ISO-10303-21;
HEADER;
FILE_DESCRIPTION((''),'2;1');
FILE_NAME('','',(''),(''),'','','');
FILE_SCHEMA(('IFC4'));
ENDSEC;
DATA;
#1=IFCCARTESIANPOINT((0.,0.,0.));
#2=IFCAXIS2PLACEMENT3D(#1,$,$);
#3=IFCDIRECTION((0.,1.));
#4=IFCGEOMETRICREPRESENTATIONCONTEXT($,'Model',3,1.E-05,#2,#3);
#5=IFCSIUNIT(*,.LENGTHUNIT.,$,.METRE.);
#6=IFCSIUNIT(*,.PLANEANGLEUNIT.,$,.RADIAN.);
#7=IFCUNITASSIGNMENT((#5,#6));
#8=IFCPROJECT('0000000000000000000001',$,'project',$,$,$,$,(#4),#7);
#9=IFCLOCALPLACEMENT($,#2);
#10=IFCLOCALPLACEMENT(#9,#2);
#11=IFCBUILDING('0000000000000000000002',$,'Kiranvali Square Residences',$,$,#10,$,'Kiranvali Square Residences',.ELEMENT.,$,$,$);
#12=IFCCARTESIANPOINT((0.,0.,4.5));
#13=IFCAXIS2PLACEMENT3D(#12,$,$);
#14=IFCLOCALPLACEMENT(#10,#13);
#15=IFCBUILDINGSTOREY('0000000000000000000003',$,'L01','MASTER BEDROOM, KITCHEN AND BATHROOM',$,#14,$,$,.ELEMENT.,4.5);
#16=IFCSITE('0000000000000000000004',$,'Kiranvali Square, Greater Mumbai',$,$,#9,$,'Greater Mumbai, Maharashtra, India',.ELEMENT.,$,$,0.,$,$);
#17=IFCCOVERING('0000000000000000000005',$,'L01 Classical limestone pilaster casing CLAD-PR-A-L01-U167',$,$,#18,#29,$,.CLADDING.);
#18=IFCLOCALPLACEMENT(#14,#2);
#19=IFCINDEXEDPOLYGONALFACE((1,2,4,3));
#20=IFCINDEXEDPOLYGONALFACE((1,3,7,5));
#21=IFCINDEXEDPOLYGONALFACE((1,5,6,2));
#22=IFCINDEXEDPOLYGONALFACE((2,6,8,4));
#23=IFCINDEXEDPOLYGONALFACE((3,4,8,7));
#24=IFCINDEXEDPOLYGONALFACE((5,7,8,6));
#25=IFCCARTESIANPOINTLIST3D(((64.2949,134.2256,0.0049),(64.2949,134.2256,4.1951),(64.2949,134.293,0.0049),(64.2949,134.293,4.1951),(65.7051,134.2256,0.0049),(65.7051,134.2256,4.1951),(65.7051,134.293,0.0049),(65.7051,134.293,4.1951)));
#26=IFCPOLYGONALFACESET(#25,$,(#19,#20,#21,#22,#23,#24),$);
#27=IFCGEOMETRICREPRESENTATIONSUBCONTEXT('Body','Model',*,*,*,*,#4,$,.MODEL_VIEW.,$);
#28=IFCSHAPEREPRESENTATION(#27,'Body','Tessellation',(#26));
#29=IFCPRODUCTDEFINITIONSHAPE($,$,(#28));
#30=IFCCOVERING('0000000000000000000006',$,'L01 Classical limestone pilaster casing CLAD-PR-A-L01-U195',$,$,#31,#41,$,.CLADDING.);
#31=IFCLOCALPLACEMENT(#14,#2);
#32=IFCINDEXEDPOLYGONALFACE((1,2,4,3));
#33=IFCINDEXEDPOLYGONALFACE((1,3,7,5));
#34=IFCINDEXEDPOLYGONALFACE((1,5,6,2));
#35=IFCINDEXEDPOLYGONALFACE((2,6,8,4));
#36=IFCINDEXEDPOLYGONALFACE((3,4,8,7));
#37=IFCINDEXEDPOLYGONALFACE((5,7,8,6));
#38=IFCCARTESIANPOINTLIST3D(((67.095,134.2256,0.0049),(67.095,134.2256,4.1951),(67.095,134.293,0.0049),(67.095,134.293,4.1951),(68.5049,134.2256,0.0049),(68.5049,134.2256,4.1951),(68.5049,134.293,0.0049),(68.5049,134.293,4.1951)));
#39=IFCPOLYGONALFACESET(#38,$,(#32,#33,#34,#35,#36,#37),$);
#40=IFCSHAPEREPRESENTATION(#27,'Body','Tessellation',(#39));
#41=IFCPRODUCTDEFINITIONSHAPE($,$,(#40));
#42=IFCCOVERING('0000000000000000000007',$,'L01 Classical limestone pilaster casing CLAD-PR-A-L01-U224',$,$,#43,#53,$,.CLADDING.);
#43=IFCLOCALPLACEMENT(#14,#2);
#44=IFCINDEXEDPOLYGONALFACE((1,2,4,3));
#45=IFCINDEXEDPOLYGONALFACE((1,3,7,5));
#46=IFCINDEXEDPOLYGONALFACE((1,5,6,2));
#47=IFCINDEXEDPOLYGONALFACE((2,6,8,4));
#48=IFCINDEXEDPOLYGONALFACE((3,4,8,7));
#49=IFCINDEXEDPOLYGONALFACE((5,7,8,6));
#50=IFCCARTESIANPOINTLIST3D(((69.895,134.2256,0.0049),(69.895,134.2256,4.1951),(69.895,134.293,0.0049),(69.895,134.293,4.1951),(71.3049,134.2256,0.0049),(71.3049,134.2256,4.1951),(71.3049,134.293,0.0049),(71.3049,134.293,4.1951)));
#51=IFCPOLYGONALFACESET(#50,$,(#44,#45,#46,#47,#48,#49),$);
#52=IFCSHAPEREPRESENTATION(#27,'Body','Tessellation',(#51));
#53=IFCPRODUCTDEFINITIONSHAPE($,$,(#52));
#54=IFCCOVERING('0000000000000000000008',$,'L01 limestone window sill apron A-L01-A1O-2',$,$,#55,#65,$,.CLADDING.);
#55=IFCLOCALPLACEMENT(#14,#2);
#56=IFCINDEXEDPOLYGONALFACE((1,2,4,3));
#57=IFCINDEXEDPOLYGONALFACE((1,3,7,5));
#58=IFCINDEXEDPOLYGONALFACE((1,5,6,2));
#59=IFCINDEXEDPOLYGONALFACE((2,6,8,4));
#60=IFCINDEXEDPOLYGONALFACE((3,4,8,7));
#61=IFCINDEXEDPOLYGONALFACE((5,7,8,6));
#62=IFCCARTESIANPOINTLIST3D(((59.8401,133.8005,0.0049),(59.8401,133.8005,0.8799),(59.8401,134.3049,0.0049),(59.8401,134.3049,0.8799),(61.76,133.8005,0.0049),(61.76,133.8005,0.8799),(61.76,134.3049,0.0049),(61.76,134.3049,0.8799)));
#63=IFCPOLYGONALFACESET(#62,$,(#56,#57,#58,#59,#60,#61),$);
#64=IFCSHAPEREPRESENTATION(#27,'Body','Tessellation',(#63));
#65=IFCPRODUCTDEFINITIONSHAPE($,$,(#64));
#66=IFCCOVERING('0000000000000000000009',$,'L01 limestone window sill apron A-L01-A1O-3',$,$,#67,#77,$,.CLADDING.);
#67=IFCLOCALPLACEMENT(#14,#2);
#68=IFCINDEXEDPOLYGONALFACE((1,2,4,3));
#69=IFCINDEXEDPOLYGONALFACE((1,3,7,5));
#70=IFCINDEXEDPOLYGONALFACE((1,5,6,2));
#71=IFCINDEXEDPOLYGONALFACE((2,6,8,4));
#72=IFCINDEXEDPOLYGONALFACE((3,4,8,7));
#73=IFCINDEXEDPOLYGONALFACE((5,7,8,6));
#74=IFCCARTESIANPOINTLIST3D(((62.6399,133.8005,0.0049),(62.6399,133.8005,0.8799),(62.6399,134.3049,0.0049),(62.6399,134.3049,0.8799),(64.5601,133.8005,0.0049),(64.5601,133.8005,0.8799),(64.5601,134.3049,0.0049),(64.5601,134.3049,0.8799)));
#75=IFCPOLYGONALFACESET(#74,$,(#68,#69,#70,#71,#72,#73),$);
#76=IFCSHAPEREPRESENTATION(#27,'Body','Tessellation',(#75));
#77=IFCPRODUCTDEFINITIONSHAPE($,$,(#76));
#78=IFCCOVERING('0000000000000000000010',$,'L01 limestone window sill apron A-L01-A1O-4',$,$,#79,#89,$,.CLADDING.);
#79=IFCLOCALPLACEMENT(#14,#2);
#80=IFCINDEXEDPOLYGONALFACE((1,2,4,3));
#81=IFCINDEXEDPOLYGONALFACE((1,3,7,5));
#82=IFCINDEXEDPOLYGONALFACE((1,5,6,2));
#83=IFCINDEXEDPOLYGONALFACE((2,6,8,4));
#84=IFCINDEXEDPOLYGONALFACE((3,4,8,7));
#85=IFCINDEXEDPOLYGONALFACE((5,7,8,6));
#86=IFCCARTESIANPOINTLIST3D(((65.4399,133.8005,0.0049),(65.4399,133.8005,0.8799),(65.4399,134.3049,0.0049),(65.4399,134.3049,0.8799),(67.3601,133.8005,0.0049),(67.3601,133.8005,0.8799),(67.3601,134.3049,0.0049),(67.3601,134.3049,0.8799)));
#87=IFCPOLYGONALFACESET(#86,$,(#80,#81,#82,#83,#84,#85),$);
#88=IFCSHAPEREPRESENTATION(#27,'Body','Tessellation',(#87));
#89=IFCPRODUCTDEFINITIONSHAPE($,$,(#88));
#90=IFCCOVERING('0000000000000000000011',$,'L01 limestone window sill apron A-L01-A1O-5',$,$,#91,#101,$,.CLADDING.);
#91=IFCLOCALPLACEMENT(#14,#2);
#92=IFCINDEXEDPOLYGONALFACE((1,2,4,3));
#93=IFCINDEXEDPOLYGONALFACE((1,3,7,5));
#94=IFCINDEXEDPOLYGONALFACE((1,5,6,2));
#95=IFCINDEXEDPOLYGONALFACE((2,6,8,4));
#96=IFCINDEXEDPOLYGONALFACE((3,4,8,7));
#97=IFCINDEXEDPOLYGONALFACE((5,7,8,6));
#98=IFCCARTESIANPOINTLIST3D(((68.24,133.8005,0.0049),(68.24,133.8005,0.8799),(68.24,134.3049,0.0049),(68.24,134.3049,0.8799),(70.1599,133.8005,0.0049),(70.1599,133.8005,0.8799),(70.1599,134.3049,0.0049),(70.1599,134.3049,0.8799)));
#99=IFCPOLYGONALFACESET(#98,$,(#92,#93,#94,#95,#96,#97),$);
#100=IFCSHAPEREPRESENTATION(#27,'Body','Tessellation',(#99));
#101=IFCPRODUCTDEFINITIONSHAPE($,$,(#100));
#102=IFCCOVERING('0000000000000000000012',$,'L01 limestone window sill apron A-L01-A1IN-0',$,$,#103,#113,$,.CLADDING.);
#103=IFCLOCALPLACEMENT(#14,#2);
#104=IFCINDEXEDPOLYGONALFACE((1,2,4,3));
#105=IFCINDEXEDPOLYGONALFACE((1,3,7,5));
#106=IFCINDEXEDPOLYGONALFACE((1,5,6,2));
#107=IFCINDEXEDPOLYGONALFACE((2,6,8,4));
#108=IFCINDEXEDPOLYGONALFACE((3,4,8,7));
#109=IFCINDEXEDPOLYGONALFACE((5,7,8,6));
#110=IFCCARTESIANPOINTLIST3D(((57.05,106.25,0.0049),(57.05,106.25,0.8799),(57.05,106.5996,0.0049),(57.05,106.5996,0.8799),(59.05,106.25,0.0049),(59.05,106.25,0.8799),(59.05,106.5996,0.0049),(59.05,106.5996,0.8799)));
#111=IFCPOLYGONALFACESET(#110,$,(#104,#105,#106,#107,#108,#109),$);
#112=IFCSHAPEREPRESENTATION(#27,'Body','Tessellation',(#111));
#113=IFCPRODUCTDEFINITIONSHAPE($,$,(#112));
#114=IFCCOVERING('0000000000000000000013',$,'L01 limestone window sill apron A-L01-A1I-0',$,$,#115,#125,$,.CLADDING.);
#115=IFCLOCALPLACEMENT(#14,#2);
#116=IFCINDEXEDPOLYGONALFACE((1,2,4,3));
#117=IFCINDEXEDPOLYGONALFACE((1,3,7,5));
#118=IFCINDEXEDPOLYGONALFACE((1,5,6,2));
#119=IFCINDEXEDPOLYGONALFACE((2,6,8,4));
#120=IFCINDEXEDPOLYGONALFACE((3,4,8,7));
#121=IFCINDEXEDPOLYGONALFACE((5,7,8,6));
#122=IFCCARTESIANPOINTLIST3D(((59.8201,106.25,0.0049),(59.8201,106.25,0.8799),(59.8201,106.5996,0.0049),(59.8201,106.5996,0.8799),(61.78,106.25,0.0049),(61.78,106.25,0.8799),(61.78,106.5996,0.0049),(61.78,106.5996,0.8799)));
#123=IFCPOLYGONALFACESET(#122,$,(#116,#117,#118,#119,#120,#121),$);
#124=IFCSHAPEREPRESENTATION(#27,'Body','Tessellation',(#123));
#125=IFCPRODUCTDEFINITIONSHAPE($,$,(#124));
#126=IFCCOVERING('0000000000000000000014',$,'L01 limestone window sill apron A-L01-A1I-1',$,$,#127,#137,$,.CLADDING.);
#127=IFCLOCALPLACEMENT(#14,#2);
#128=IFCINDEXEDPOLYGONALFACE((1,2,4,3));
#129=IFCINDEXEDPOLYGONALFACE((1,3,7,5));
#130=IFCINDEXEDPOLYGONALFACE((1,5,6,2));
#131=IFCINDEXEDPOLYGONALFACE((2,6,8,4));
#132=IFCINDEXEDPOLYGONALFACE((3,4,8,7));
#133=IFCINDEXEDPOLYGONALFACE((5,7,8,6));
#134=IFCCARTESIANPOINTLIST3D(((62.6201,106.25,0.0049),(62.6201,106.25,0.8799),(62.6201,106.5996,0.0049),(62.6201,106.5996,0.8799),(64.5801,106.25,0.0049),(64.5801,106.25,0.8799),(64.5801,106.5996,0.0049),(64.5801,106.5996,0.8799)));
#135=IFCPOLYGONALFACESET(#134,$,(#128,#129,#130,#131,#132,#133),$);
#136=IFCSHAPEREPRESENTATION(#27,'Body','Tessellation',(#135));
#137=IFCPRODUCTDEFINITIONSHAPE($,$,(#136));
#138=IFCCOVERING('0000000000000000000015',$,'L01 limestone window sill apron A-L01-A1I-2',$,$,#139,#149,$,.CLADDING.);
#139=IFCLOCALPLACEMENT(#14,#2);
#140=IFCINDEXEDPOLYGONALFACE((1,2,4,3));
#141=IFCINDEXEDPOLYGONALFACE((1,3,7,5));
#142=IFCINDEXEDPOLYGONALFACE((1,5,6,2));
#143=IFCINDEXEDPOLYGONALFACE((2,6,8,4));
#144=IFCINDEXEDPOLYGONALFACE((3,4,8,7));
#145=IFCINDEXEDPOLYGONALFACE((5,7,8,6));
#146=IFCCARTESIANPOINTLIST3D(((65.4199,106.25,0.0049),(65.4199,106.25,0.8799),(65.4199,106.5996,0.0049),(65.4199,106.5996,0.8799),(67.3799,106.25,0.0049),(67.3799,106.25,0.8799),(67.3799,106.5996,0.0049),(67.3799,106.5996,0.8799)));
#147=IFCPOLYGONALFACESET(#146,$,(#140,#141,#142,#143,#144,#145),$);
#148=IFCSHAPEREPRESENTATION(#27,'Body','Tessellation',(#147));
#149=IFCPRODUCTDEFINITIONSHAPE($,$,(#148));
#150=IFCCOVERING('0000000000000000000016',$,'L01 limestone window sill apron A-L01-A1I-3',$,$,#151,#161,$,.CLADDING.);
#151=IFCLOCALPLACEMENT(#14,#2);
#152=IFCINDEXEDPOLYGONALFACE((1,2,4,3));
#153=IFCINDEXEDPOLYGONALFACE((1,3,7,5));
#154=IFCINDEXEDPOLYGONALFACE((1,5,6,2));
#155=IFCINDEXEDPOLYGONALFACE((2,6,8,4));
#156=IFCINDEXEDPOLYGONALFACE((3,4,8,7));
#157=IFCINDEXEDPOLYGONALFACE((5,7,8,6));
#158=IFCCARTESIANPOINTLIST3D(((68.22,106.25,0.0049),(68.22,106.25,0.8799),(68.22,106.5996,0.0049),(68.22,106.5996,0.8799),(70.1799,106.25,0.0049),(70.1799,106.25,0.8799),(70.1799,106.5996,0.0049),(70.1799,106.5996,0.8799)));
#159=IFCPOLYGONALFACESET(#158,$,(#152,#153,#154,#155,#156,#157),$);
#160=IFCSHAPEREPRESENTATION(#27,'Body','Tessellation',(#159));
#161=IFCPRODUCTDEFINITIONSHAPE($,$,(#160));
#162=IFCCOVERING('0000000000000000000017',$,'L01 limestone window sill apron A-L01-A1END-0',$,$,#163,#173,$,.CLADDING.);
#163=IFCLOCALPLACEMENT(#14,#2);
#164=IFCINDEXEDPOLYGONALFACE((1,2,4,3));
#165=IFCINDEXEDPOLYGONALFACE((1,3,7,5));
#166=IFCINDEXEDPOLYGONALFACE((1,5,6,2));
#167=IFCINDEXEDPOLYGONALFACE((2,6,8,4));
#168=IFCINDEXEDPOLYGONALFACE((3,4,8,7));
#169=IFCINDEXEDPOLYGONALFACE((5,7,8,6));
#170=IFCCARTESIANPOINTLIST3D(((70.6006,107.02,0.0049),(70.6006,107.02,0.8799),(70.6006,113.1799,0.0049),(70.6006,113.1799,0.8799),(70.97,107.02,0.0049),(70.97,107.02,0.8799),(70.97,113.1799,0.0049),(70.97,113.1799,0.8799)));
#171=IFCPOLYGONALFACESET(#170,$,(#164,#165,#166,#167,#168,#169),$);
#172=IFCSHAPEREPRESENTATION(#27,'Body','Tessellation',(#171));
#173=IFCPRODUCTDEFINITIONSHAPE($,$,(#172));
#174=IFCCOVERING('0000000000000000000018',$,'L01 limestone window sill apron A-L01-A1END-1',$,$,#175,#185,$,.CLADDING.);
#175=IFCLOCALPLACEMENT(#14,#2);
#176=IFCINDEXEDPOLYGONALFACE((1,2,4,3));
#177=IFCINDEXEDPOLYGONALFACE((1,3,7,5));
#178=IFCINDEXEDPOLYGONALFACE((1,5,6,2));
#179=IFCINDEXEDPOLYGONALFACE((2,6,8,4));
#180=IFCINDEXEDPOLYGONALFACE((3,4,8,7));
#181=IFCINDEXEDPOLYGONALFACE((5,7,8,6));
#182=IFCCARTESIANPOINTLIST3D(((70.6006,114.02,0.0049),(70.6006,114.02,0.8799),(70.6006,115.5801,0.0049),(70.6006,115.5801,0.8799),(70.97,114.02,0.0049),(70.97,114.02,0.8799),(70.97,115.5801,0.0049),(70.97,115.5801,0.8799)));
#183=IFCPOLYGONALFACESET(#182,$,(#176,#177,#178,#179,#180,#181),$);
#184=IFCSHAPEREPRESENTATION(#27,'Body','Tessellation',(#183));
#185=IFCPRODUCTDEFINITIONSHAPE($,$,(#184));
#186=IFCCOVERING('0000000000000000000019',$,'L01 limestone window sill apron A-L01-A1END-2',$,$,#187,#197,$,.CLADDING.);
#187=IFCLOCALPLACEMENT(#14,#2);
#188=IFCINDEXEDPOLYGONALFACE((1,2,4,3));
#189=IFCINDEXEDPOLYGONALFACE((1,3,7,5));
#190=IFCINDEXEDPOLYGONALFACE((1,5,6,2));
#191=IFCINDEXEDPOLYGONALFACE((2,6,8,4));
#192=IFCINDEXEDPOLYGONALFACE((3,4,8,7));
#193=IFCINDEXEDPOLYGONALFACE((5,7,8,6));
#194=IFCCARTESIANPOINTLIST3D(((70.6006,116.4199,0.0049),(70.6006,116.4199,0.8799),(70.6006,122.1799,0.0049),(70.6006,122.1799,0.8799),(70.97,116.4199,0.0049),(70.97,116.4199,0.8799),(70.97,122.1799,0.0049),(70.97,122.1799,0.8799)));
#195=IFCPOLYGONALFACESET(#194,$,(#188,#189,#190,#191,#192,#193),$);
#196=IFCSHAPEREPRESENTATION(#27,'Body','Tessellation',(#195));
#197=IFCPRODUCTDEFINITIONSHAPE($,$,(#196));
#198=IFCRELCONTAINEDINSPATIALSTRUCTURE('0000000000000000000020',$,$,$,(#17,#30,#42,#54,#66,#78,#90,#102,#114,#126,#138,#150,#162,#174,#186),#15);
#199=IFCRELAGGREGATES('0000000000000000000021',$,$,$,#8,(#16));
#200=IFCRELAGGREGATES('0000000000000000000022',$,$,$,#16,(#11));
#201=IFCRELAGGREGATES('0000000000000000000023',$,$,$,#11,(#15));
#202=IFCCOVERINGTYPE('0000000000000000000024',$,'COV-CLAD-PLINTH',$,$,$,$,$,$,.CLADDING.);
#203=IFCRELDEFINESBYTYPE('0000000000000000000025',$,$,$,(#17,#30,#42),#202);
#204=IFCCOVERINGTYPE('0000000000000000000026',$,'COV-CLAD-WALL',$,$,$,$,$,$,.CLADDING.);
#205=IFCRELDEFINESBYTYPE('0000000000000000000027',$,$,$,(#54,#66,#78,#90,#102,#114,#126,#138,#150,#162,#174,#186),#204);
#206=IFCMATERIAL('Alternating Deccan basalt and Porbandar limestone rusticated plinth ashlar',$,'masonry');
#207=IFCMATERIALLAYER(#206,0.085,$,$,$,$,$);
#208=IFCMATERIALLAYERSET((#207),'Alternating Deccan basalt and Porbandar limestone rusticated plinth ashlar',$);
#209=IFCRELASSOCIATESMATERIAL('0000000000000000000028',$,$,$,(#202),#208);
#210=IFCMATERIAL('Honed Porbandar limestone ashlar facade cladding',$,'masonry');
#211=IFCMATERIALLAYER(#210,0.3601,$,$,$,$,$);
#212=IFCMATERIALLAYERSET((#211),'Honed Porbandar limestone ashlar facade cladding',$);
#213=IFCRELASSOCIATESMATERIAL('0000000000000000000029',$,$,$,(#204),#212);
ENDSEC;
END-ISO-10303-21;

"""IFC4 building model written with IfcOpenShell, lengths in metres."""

from ifc_helpers import new_model, si_unit, direction, frame, origin, place, context, subcontext, project, spatial, polyline, outline, extrude, material, layer, layer_set, type_object, element, save


model = new_model("IFC4")

# Units and contexts
model_context = context("Model", 3, precision=1e-05, world=origin(), true_north=direction((0.0, 1.0)))
body_context = subcontext(model_context, "Body", "Model", "MODEL_VIEW")
ifc_project = project(units=[si_unit("LENGTHUNIT", "METRE"), si_unit("PLANEANGLEUNIT", "RADIAN")], contexts=[model_context])

# Site, building, storey
site_placement = place(None, origin())
site = spatial("IfcSite", under=ifc_project, at=site_placement, Name="Kiranvali Square, Greater Mumbai", LongName="Greater Mumbai, Maharashtra, India", CompositionType="ELEMENT", RefElevation=0.0)
building_placement = place(site_placement, origin())
building = spatial("IfcBuilding", under=site, at=building_placement, Name="Kiranvali Square Residences", LongName="Kiranvali Square Residences", CompositionType="ELEMENT")
storey_placement = place(building_placement, frame((0.0, 0.0, 4.5)))
storey = spatial("IfcBuildingStorey", under=building, at=storey_placement, Name="L01", Description="MASTER BEDROOM, KITCHEN AND BATHROOM", CompositionType="ELEMENT", Elevation=4.5)

# Coverings
ifc_material_1 = material(Name="Honed Porbandar limestone ashlar facade cladding", Category="masonry")
ifc_material_2 = material(Name="Alternating Deccan basalt and Porbandar limestone rusticated plinth ashlar", Category="masonry")
ifc_layer_1 = layer(ifc_material_2, 0.085)
ifc_layer_set_1 = layer_set([ifc_layer_1], Name="Alternating Deccan basalt and Porbandar limestone rusticated plinth ashlar")
covering_type_1 = type_object("IfcCoveringType", Name="COV-CLAD-PLINTH", PredefinedType="CLADDING", material=ifc_layer_set_1)
covering_1_placement = place(storey_placement, frame((0.0, 0.0, 0.0049)))
element("IfcCovering", 1, at=covering_1_placement, inside=storey, type_object=covering_type_1, Name="L01 Classical limestone pilaster casing CLAD-PR-A-L01-U167", PredefinedType="CLADDING", context=body_context, shape_type="SweptSolid", body=[
    extrude(outline(polyline([(64.2949, 134.2256), (65.7051, 134.2256), (65.7051, 134.293), (64.2949, 134.293), (64.2949, 134.2256)])), origin(), (0.0, 0.0, 1.0), 4.1902),
])
covering_2_placement = place(storey_placement, frame((0.0, 0.0, 0.0049)))
element("IfcCovering", 2, at=covering_2_placement, inside=storey, type_object=covering_type_1, Name="L01 Classical limestone pilaster casing CLAD-PR-A-L01-U195", PredefinedType="CLADDING", context=body_context, shape_type="SweptSolid", body=[
    extrude(outline(polyline([(67.095, 134.2256), (68.5049, 134.2256), (68.5049, 134.293), (67.095, 134.293), (67.095, 134.2256)])), origin(), (0.0, 0.0, 1.0), 4.1902),
])
covering_3_placement = place(storey_placement, frame((0.0, 0.0, 0.0049)))
element("IfcCovering", 3, at=covering_3_placement, inside=storey, type_object=covering_type_1, Name="L01 Classical limestone pilaster casing CLAD-PR-A-L01-U224", PredefinedType="CLADDING", context=body_context, shape_type="SweptSolid", body=[
    extrude(outline(polyline([(69.895, 134.2256), (71.3049, 134.2256), (71.3049, 134.293), (69.895, 134.293), (69.895, 134.2256)])), origin(), (0.0, 0.0, 1.0), 4.1902),
])
ifc_layer_2 = layer(ifc_material_1, 0.3601)
ifc_layer_set_2 = layer_set([ifc_layer_2], Name="Honed Porbandar limestone ashlar facade cladding")
covering_type_2 = type_object("IfcCoveringType", Name="COV-CLAD-WALL", PredefinedType="CLADDING", material=ifc_layer_set_2)
covering_4_placement = place(storey_placement, frame((0.0, 0.0, 0.0049)))
element("IfcCovering", 4, at=covering_4_placement, inside=storey, type_object=covering_type_2, Name="L01 limestone window sill apron A-L01-A1O-2", PredefinedType="CLADDING", context=body_context, shape_type="SweptSolid", body=[
    extrude(outline(polyline([(59.8401, 133.8005), (61.76, 133.8005), (61.76, 134.3049), (59.8401, 134.3049), (59.8401, 133.8005)])), origin(), (0.0, 0.0, 1.0), 0.875),
])
covering_5_placement = place(storey_placement, frame((0.0, 0.0, 0.0049)))
element("IfcCovering", 5, at=covering_5_placement, inside=storey, type_object=covering_type_2, Name="L01 limestone window sill apron A-L01-A1O-3", PredefinedType="CLADDING", context=body_context, shape_type="SweptSolid", body=[
    extrude(outline(polyline([(62.6399, 133.8005), (64.5601, 133.8005), (64.5601, 134.3049), (62.6399, 134.3049), (62.6399, 133.8005)])), origin(), (0.0, 0.0, 1.0), 0.875),
])
covering_6_placement = place(storey_placement, frame((0.0, 0.0, 0.0049)))
element("IfcCovering", 6, at=covering_6_placement, inside=storey, type_object=covering_type_2, Name="L01 limestone window sill apron A-L01-A1O-4", PredefinedType="CLADDING", context=body_context, shape_type="SweptSolid", body=[
    extrude(outline(polyline([(65.4399, 133.8005), (67.3601, 133.8005), (67.3601, 134.3049), (65.4399, 134.3049), (65.4399, 133.8005)])), origin(), (0.0, 0.0, 1.0), 0.875),
])
covering_7_placement = place(storey_placement, frame((0.0, 0.0, 0.0049)))
element("IfcCovering", 7, at=covering_7_placement, inside=storey, type_object=covering_type_2, Name="L01 limestone window sill apron A-L01-A1O-5", PredefinedType="CLADDING", context=body_context, shape_type="SweptSolid", body=[
    extrude(outline(polyline([(68.24, 133.8005), (70.1599, 133.8005), (70.1599, 134.3049), (68.24, 134.3049), (68.24, 133.8005)])), origin(), (0.0, 0.0, 1.0), 0.875),
])
covering_8_placement = place(storey_placement, frame((0.0, 0.0, 0.0049)))
element("IfcCovering", 8, at=covering_8_placement, inside=storey, type_object=covering_type_2, Name="L01 limestone window sill apron A-L01-A1IN-0", PredefinedType="CLADDING", context=body_context, shape_type="SweptSolid", body=[
    extrude(outline(polyline([(57.05, 106.25), (59.05, 106.25), (59.05, 106.5996), (57.05, 106.5996), (57.05, 106.25)])), origin(), (0.0, 0.0, 1.0), 0.875),
])
covering_9_placement = place(storey_placement, frame((0.0, 0.0, 0.0049)))
element("IfcCovering", 9, at=covering_9_placement, inside=storey, type_object=covering_type_2, Name="L01 limestone window sill apron A-L01-A1I-0", PredefinedType="CLADDING", context=body_context, shape_type="SweptSolid", body=[
    extrude(outline(polyline([(59.8201, 106.25), (61.78, 106.25), (61.78, 106.5996), (59.8201, 106.5996), (59.8201, 106.25)])), origin(), (0.0, 0.0, 1.0), 0.875),
])
covering_10_placement = place(storey_placement, frame((0.0, 0.0, 0.0049)))
element("IfcCovering", 10, at=covering_10_placement, inside=storey, type_object=covering_type_2, Name="L01 limestone window sill apron A-L01-A1I-1", PredefinedType="CLADDING", context=body_context, shape_type="SweptSolid", body=[
    extrude(outline(polyline([(62.6201, 106.25), (64.5801, 106.25), (64.5801, 106.5996), (62.6201, 106.5996), (62.6201, 106.25)])), origin(), (0.0, 0.0, 1.0), 0.875),
])
covering_11_placement = place(storey_placement, frame((0.0, 0.0, 0.0049)))
element("IfcCovering", 11, at=covering_11_placement, inside=storey, type_object=covering_type_2, Name="L01 limestone window sill apron A-L01-A1I-2", PredefinedType="CLADDING", context=body_context, shape_type="SweptSolid", body=[
    extrude(outline(polyline([(65.4199, 106.25), (67.3799, 106.25), (67.3799, 106.5996), (65.4199, 106.5996), (65.4199, 106.25)])), origin(), (0.0, 0.0, 1.0), 0.875),
])
covering_12_placement = place(storey_placement, frame((0.0, 0.0, 0.0049)))
element("IfcCovering", 12, at=covering_12_placement, inside=storey, type_object=covering_type_2, Name="L01 limestone window sill apron A-L01-A1I-3", PredefinedType="CLADDING", context=body_context, shape_type="SweptSolid", body=[
    extrude(outline(polyline([(68.22, 106.25), (70.1799, 106.25), (70.1799, 106.5996), (68.22, 106.5996), (68.22, 106.25)])), origin(), (0.0, 0.0, 1.0), 0.875),
])
covering_13_placement = place(storey_placement, frame((0.0, 0.0, 0.0049)))
element("IfcCovering", 13, at=covering_13_placement, inside=storey, type_object=covering_type_2, Name="L01 limestone window sill apron A-L01-A1END-0", PredefinedType="CLADDING", context=body_context, shape_type="SweptSolid", body=[
    extrude(outline(polyline([(70.97, 107.02), (70.97, 113.1799), (70.6006, 113.1799), (70.6006, 107.02), (70.97, 107.02)])), origin(), (0.0, 0.0, 1.0), 0.875),
])
covering_14_placement = place(storey_placement, frame((0.0, 0.0, 0.0049)))
element("IfcCovering", 14, at=covering_14_placement, inside=storey, type_object=covering_type_2, Name="L01 limestone window sill apron A-L01-A1END-1", PredefinedType="CLADDING", context=body_context, shape_type="SweptSolid", body=[
    extrude(outline(polyline([(70.97, 114.02), (70.97, 115.5801), (70.6006, 115.5801), (70.6006, 114.02), (70.97, 114.02)])), origin(), (0.0, 0.0, 1.0), 0.875),
])
covering_15_placement = place(storey_placement, frame((0.0, 0.0, 0.0049)))
element("IfcCovering", 15, at=covering_15_placement, inside=storey, type_object=covering_type_2, Name="L01 limestone window sill apron A-L01-A1END-2", PredefinedType="CLADDING", context=body_context, shape_type="SweptSolid", body=[
    extrude(outline(polyline([(70.97, 116.4199), (70.97, 122.1799), (70.6006, 122.1799), (70.6006, 116.4199), (70.97, 116.4199)])), origin(), (0.0, 0.0, 1.0), 0.875),
])

save(model, "model.ifc")
